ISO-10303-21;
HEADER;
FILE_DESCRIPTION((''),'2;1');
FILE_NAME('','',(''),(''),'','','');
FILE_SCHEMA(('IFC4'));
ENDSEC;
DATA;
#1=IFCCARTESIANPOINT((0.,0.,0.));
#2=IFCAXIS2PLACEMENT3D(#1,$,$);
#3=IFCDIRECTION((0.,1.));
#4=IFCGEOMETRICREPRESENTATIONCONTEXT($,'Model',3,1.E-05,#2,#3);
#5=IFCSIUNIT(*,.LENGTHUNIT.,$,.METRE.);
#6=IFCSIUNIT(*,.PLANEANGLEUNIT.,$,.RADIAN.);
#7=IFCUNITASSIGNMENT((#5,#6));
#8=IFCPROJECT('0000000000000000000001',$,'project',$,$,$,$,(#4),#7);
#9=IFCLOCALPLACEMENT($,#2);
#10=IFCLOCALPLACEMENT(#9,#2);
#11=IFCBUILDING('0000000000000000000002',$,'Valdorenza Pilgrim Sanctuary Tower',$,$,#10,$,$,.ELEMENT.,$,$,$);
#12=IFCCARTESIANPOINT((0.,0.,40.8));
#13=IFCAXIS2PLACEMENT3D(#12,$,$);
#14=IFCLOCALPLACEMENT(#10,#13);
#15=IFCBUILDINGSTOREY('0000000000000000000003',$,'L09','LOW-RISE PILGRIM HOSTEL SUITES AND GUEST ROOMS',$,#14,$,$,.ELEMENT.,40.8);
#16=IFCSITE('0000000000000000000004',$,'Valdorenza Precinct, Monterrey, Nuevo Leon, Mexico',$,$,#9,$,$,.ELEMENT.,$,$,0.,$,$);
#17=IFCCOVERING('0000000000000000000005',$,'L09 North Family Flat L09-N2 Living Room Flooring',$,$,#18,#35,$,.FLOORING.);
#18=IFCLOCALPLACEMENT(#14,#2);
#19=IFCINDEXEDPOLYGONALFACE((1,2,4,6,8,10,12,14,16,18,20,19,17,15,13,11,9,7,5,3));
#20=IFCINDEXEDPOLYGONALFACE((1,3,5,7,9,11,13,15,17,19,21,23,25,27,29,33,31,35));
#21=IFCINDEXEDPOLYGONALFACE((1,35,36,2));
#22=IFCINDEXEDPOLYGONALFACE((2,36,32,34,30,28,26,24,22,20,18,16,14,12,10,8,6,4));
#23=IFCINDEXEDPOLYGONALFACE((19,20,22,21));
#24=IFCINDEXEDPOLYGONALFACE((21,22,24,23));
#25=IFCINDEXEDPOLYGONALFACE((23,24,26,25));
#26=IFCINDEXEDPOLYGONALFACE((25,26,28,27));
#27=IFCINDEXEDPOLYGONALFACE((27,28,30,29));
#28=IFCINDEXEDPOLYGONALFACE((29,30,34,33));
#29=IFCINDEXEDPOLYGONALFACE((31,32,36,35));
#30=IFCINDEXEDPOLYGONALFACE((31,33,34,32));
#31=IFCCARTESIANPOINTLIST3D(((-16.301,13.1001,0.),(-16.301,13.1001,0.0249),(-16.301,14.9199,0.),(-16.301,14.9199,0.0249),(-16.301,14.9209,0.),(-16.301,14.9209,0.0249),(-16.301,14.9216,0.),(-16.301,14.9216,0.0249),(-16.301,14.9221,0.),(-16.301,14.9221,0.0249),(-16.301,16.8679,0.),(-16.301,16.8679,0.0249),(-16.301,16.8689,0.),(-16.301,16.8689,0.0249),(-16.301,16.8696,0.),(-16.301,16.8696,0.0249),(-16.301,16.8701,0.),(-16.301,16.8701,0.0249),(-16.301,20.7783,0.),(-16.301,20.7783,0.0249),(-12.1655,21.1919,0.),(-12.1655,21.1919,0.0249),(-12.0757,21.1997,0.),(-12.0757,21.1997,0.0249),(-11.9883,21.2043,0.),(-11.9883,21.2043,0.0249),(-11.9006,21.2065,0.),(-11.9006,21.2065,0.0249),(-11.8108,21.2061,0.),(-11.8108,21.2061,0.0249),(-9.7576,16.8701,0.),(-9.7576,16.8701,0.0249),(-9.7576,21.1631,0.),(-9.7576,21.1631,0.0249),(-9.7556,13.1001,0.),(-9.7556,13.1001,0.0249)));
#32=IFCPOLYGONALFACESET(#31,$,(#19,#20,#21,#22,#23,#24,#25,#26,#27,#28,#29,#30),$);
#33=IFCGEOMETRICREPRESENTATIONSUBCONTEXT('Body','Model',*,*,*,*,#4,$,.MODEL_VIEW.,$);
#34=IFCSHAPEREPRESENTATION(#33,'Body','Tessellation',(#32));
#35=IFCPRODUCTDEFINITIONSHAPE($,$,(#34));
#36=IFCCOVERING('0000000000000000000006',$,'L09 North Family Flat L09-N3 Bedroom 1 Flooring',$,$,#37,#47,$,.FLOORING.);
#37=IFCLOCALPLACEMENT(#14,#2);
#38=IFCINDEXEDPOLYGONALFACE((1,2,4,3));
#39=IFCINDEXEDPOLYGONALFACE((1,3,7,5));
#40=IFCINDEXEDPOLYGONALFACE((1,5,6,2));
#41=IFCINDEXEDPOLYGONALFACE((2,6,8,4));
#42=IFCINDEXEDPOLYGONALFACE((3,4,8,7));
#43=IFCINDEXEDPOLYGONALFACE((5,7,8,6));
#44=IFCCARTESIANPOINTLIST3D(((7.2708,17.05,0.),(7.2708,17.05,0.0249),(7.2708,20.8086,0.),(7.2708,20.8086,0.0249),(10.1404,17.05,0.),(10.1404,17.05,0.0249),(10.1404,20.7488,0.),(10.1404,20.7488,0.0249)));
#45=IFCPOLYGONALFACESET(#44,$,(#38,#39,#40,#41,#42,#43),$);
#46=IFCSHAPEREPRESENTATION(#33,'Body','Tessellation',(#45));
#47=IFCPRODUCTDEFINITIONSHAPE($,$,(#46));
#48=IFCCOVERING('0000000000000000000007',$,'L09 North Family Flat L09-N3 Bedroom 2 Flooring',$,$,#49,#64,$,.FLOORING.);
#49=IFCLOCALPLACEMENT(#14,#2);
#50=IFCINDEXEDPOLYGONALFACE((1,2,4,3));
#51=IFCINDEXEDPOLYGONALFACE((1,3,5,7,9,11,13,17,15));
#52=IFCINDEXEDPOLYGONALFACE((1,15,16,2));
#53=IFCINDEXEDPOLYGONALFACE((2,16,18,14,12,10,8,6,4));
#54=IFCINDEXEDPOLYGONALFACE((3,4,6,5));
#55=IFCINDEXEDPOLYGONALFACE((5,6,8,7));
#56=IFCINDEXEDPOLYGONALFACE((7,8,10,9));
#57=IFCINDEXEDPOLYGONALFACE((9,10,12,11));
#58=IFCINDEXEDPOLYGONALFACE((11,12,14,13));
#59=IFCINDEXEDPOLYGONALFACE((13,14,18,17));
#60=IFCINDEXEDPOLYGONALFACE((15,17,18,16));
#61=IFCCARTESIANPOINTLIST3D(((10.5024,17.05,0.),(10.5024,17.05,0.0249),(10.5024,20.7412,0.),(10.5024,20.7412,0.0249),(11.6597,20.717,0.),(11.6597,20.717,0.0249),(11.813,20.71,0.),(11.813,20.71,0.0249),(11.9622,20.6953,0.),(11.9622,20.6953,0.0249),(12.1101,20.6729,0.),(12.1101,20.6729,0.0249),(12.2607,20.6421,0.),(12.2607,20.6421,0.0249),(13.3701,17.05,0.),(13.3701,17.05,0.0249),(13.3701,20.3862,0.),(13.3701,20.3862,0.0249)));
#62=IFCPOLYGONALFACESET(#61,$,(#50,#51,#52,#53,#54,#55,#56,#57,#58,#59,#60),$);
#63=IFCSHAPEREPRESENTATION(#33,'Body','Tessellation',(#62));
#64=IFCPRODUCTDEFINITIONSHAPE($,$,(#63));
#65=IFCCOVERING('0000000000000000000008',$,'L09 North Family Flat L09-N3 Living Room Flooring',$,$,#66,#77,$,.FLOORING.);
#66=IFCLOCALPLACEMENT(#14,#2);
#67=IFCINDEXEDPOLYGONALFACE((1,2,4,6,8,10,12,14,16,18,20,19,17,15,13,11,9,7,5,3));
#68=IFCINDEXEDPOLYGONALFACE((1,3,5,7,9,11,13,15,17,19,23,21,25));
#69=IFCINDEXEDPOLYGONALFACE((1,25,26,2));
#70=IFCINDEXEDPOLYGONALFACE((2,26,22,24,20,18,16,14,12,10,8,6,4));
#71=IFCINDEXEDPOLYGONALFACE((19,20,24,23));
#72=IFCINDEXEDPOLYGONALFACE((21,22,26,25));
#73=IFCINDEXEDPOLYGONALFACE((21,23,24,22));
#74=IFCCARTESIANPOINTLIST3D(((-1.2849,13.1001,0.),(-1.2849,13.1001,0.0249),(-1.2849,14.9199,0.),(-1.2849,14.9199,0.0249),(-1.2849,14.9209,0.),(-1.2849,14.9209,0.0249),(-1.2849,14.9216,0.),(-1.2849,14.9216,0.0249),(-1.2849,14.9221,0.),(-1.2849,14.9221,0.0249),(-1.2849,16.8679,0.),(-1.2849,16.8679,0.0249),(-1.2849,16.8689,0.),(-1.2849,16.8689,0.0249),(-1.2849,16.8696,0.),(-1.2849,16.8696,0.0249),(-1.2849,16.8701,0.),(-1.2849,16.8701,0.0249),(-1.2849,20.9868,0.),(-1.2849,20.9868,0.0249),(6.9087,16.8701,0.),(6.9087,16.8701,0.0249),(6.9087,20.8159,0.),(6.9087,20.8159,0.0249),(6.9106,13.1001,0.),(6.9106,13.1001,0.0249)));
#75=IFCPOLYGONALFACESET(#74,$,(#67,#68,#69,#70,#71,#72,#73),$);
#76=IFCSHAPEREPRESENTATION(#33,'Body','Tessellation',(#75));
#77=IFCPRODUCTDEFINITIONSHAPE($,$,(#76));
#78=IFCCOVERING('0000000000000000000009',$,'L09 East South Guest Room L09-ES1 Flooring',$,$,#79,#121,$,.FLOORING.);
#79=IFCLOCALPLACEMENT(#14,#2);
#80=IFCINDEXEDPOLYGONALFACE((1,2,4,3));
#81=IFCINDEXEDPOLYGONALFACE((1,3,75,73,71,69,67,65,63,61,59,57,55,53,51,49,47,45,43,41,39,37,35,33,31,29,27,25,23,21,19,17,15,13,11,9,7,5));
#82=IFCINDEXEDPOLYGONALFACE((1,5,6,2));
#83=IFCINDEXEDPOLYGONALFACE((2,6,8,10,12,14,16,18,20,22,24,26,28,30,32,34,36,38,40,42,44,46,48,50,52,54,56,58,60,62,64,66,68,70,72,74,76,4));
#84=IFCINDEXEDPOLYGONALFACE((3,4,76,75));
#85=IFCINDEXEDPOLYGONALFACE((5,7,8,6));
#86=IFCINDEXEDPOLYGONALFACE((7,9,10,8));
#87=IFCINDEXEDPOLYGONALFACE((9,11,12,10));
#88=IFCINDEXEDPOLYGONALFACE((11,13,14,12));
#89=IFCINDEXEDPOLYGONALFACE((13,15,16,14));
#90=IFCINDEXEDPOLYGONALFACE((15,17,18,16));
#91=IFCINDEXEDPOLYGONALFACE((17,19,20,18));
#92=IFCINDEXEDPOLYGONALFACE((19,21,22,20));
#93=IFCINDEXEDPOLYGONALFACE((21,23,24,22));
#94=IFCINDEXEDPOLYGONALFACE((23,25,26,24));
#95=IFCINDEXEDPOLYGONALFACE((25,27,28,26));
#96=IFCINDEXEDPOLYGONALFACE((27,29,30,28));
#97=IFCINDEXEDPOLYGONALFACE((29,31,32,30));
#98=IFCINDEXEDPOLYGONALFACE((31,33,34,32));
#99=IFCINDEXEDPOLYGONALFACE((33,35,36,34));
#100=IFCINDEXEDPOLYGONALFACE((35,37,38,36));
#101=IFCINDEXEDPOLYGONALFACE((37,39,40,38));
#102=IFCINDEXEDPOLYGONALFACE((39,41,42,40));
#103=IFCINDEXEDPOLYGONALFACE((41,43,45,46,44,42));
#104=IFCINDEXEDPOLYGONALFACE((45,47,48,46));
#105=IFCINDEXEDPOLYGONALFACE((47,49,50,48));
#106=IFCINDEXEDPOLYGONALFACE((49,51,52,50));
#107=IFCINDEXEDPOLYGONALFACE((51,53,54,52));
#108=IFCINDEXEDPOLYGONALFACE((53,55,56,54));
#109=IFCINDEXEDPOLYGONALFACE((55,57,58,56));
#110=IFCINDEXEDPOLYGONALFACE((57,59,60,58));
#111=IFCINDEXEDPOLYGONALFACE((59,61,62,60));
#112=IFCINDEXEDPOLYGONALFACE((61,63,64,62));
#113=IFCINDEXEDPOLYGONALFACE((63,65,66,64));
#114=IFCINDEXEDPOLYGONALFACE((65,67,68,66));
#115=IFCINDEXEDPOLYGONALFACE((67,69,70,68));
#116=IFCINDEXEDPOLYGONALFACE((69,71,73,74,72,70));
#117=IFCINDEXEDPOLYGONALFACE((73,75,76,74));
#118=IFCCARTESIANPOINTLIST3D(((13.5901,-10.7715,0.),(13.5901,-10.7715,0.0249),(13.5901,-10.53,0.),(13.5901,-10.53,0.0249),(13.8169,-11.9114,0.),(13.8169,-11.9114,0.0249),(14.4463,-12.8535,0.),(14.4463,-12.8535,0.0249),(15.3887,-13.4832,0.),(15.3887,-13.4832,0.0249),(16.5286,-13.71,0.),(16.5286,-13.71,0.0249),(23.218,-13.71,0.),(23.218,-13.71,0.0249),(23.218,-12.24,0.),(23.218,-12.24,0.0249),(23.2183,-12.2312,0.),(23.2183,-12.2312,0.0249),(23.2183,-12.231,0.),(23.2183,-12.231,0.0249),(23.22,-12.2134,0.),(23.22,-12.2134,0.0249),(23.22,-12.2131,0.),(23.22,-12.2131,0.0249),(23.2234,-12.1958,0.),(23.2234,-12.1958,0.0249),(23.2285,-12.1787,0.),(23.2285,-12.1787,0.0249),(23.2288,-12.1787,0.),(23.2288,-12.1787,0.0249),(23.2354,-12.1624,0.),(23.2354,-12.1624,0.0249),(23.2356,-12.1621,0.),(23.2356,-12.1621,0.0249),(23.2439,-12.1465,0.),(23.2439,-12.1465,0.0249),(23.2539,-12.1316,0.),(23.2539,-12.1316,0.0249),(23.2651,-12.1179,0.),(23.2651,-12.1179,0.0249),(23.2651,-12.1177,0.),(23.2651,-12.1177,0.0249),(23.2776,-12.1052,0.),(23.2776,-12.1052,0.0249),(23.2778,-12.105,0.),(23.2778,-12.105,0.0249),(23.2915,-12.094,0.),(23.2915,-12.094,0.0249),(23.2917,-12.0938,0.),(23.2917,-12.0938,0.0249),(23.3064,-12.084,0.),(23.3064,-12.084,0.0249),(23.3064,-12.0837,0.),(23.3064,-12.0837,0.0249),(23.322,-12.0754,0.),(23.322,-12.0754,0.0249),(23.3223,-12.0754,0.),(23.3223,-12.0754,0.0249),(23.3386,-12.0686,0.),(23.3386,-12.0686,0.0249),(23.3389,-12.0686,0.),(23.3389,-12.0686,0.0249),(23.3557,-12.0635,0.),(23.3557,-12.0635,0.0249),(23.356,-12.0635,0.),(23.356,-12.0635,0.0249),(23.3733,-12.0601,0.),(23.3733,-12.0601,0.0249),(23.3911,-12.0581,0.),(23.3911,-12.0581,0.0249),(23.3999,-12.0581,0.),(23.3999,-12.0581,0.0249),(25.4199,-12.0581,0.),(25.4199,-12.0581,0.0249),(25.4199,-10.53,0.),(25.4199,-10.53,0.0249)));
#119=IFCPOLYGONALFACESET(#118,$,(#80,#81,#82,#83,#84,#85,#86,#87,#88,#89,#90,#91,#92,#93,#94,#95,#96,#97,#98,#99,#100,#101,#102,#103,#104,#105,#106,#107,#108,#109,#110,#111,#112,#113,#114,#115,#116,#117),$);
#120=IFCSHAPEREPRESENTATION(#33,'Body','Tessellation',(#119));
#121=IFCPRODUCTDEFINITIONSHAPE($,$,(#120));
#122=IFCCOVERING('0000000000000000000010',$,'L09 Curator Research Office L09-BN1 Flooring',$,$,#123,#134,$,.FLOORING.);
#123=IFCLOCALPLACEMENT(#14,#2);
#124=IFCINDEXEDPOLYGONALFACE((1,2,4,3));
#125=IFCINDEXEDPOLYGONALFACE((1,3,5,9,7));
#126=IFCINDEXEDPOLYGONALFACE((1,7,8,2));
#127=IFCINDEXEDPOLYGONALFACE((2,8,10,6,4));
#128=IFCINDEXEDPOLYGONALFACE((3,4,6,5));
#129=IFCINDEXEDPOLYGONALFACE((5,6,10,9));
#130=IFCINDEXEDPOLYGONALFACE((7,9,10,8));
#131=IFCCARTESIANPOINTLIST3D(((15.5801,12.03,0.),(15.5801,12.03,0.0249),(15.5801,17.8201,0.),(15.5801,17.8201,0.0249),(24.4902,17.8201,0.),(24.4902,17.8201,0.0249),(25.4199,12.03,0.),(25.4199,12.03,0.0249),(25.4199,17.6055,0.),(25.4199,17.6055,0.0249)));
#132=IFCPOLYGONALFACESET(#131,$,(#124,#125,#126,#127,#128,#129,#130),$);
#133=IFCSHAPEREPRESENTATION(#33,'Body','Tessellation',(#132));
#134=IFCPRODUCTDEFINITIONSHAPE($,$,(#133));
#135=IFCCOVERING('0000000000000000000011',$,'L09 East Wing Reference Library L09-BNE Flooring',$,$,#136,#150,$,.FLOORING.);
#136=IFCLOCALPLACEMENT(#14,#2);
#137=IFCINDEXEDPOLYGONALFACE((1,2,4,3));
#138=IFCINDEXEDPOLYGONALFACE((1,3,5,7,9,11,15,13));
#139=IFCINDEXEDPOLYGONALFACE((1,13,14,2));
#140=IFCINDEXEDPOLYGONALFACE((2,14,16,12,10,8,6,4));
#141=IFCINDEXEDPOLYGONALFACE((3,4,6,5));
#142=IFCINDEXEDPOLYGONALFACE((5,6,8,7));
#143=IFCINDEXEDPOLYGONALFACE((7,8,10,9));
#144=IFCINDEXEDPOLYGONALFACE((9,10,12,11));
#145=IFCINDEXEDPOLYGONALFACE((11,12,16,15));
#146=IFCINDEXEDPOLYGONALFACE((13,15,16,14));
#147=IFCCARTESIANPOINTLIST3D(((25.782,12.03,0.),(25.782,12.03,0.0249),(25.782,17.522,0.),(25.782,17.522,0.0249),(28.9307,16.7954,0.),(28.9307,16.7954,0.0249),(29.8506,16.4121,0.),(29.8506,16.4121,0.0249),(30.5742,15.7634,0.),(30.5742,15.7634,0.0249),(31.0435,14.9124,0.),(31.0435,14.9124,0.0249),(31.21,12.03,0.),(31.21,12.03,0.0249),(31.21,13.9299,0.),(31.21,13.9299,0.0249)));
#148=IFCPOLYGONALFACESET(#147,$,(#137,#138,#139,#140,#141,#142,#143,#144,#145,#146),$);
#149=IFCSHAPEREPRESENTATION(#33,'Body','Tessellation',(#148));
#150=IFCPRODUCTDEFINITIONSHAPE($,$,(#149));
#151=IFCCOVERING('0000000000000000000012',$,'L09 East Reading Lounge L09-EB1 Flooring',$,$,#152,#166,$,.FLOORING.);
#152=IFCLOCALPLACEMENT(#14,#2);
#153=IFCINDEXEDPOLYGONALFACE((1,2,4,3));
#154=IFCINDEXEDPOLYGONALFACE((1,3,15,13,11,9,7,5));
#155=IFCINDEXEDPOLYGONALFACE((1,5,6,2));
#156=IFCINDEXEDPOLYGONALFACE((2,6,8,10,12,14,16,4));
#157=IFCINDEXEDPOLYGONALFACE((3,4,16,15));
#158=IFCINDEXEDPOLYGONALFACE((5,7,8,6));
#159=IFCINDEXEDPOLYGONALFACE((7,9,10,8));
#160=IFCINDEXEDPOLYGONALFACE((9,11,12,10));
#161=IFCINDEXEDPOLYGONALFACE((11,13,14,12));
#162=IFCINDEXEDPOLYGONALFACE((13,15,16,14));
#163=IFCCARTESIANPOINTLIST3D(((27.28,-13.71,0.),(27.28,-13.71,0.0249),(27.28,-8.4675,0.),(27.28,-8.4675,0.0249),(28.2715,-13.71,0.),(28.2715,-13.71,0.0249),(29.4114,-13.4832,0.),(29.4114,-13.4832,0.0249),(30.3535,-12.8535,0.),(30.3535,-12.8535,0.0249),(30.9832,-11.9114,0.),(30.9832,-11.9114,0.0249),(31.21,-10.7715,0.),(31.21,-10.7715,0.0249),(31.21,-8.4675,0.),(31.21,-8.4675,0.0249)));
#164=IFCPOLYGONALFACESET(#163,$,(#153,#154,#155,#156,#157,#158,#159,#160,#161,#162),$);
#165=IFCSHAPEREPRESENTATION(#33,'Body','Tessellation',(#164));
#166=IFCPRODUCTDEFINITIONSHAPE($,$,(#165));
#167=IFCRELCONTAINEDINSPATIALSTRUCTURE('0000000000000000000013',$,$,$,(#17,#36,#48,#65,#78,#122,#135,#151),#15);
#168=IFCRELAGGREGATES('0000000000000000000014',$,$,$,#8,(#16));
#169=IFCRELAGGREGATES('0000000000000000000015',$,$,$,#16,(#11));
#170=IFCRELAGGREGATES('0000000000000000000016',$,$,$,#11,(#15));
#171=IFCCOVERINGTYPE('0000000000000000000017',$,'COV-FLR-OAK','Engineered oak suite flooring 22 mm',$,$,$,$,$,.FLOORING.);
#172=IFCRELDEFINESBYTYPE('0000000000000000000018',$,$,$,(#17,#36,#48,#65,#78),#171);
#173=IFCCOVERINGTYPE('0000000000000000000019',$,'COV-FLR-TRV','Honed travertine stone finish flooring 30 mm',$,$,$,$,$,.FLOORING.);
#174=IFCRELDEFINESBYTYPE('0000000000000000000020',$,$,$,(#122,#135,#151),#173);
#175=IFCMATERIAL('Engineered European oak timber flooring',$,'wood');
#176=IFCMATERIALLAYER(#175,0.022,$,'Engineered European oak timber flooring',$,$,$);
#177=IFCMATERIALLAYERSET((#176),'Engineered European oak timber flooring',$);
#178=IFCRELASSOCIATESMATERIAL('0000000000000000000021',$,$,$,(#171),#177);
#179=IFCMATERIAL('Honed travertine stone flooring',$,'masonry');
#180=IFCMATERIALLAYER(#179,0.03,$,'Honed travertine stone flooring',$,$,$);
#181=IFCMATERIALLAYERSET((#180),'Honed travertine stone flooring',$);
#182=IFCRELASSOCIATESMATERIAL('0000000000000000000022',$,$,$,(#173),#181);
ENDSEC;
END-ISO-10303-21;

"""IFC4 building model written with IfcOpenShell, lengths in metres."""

from ifc_helpers import new_model, si_unit, direction, frame, origin, place, context, subcontext, project, spatial, polyline, outline, extrude, material, layer, layer_set, type_object, element, save


model = new_model("IFC4")

# Units and contexts
model_context = context("Model", 3, precision=1e-05, world=origin(), true_north=direction((0.0, 1.0)))
body_context = subcontext(model_context, "Body", "Model", "MODEL_VIEW")
ifc_project = project(units=[si_unit("LENGTHUNIT", "METRE"), si_unit("PLANEANGLEUNIT", "RADIAN")], contexts=[model_context])

# Site, building, storey
site_placement = place(None, origin())
site = spatial("IfcSite", under=ifc_project, at=site_placement, Name="Valdorenza Precinct, Monterrey, Nuevo Leon, Mexico", CompositionType="ELEMENT", RefElevation=0.0)
building_placement = place(site_placement, origin())
building = spatial("IfcBuilding", under=site, at=building_placement, Name="Valdorenza Pilgrim Sanctuary Tower", CompositionType="ELEMENT")
storey_placement = place(building_placement, frame((0.0, 0.0, 40.8)))
storey = spatial("IfcBuildingStorey", under=building, at=storey_placement, Name="L09", Description="LOW-RISE PILGRIM HOSTEL SUITES AND GUEST ROOMS", CompositionType="ELEMENT", Elevation=40.8)

# Coverings
ifc_material_1 = material(Name="Engineered European oak timber flooring", Category="wood")
ifc_layer_1 = layer(ifc_material_1, 0.022, Name="Engineered European oak timber flooring")
ifc_layer_set_1 = layer_set([ifc_layer_1], Name="Engineered European oak timber flooring")
covering_type_1 = type_object("IfcCoveringType", Name="COV-FLR-OAK", Description="Engineered oak suite flooring 22 mm", PredefinedType="FLOORING", material=ifc_layer_set_1)
covering_1_placement = place(storey_placement, origin())
element("IfcCovering", 1, at=covering_1_placement, inside=storey, type_object=covering_type_1, Name="L09 North Family Flat L09-N2 Living Room Flooring", PredefinedType="FLOORING", context=body_context, shape_type="SweptSolid", body=[
    extrude(outline(polyline([(-16.301, 14.9216), (-16.301, 14.9221), (-16.301, 16.8679), (-16.301, 16.8689), (-16.301, 16.8696), (-16.301, 16.8701), (-16.301, 20.7783), (-12.1655, 21.1919), (-12.0757, 21.1997), (-11.9883, 21.2043), (-11.9006, 21.2065), (-11.8108, 21.2061), (-9.7576, 21.1631), (-9.7576, 16.8701), (-9.7556, 13.1001), (-16.301, 13.1001), (-16.301, 14.9199), (-16.301, 14.9209), (-16.301, 14.9216)])), origin(), (0.0, 0.0, 1.0), 0.0249),
])
covering_2_placement = place(storey_placement, origin())
element("IfcCovering", 2, at=covering_2_placement, inside=storey, type_object=covering_type_1, Name="L09 North Family Flat L09-N3 Bedroom 1 Flooring", PredefinedType="FLOORING", context=body_context, shape_type="SweptSolid", body=[
    extrude(outline(polyline([(7.2708, 17.05), (7.2708, 20.8086), (10.1404, 20.7488), (10.1404, 17.05), (7.2708, 17.05)])), origin(), (0.0, 0.0, 1.0), 0.0249),
])
covering_3_placement = place(storey_placement, origin())
element("IfcCovering", 3, at=covering_3_placement, inside=storey, type_object=covering_type_1, Name="L09 North Family Flat L09-N3 Bedroom 2 Flooring", PredefinedType="FLOORING", context=body_context, shape_type="SweptSolid", body=[
    extrude(outline(polyline([(10.5024, 17.05), (10.5024, 20.7412), (11.6597, 20.717), (11.813, 20.71), (11.9622, 20.6953), (12.1101, 20.6729), (12.2607, 20.6421), (13.3701, 20.3862), (13.3701, 17.05), (10.5024, 17.05)])), origin(), (0.0, 0.0, 1.0), 0.0249),
])
covering_4_placement = place(storey_placement, origin())
element("IfcCovering", 4, at=covering_4_placement, inside=storey, type_object=covering_type_1, Name="L09 North Family Flat L09-N3 Living Room Flooring", PredefinedType="FLOORING", context=body_context, shape_type="SweptSolid", body=[
    extrude(outline(polyline([(-1.2849, 14.9216), (-1.2849, 14.9221), (-1.2849, 16.8679), (-1.2849, 16.8689), (-1.2849, 16.8696), (-1.2849, 16.8701), (-1.2849, 20.9868), (6.9087, 20.8159), (6.9087, 16.8701), (6.9106, 13.1001), (-1.2849, 13.1001), (-1.2849, 14.9199), (-1.2849, 14.9209), (-1.2849, 14.9216)])), origin(), (0.0, 0.0, 1.0), 0.0249),
])
covering_5_placement = place(storey_placement, origin())
element("IfcCovering", 5, at=covering_5_placement, inside=storey, type_object=covering_type_1, Name="L09 East South Guest Room L09-ES1 Flooring", PredefinedType="FLOORING", context=body_context, shape_type="SweptSolid", body=[
    extrude(outline(polyline([(25.4199, -10.53), (25.4199, -12.0581), (23.3999, -12.0581), (23.3911, -12.0581), (23.3911, -12.0581), (23.3733, -12.0601), (23.3733, -12.0601), (23.356, -12.0635), (23.3557, -12.0635), (23.3389, -12.0686), (23.3386, -12.0686), (23.3223, -12.0754), (23.322, -12.0754), (23.3064, -12.0837), (23.3064, -12.084), (23.2917, -12.0938), (23.2915, -12.094), (23.2778, -12.105), (23.2776, -12.1052), (23.2651, -12.1177), (23.2651, -12.1179), (23.2539, -12.1316), (23.2539, -12.1316), (23.2439, -12.1465), (23.2439, -12.1465), (23.2356, -12.1621), (23.2354, -12.1624), (23.2288, -12.1787), (23.2285, -12.1787), (23.2234, -12.1958), (23.2234, -12.1958), (23.22, -12.2131), (23.22, -12.2134), (23.2183, -12.231), (23.2183, -12.2312), (23.218, -12.24), (23.218, -13.71), (16.5286, -13.71), (15.3887, -13.4832), (14.4463, -12.8535), (13.8169, -11.9114), (13.5901, -10.7715), (13.5901, -10.53), (25.4199, -10.53)])), origin(), (0.0, 0.0, 1.0), 0.0249),
])
ifc_material_2 = material(Name="Honed travertine stone flooring", Category="masonry")
ifc_layer_2 = layer(ifc_material_2, 0.03, Name="Honed travertine stone flooring")
ifc_layer_set_2 = layer_set([ifc_layer_2], Name="Honed travertine stone flooring")
covering_type_2 = type_object("IfcCoveringType", Name="COV-FLR-TRV", Description="Honed travertine stone finish flooring 30 mm", PredefinedType="FLOORING", material=ifc_layer_set_2)
covering_6_placement = place(storey_placement, origin())
element("IfcCovering", 6, at=covering_6_placement, inside=storey, type_object=covering_type_2, Name="L09 Curator Research Office L09-BN1 Flooring", PredefinedType="FLOORING", context=body_context, shape_type="SweptSolid", body=[
    extrude(outline(polyline([(15.5801, 12.03), (15.5801, 17.8201), (24.4902, 17.8201), (25.4199, 17.6055), (25.4199, 12.03), (15.5801, 12.03)])), origin(), (0.0, 0.0, 1.0), 0.0249),
])
covering_7_placement = place(storey_placement, origin())
element("IfcCovering", 7, at=covering_7_placement, inside=storey, type_object=covering_type_2, Name="L09 East Wing Reference Library L09-BNE Flooring", PredefinedType="FLOORING", context=body_context, shape_type="SweptSolid", body=[
    extrude(outline(polyline([(28.9307, 16.7954), (29.8506, 16.4121), (30.5742, 15.7634), (31.0435, 14.9124), (31.21, 13.9299), (31.21, 12.03), (25.782, 12.03), (25.782, 17.522), (28.9307, 16.7954)])), origin(), (0.0, 0.0, 1.0), 0.0249),
])
covering_8_placement = place(storey_placement, origin())
element("IfcCovering", 8, at=covering_8_placement, inside=storey, type_object=covering_type_2, Name="L09 East Reading Lounge L09-EB1 Flooring", PredefinedType="FLOORING", context=body_context, shape_type="SweptSolid", body=[
    extrude(outline(polyline([(31.21, -8.4675), (31.21, -10.7715), (30.9832, -11.9114), (30.3535, -12.8535), (29.4114, -13.4832), (28.2715, -13.71), (27.28, -13.71), (27.28, -8.4675), (31.21, -8.4675)])), origin(), (0.0, 0.0, 1.0), 0.0249),
])

save(model, "model.ifc")
